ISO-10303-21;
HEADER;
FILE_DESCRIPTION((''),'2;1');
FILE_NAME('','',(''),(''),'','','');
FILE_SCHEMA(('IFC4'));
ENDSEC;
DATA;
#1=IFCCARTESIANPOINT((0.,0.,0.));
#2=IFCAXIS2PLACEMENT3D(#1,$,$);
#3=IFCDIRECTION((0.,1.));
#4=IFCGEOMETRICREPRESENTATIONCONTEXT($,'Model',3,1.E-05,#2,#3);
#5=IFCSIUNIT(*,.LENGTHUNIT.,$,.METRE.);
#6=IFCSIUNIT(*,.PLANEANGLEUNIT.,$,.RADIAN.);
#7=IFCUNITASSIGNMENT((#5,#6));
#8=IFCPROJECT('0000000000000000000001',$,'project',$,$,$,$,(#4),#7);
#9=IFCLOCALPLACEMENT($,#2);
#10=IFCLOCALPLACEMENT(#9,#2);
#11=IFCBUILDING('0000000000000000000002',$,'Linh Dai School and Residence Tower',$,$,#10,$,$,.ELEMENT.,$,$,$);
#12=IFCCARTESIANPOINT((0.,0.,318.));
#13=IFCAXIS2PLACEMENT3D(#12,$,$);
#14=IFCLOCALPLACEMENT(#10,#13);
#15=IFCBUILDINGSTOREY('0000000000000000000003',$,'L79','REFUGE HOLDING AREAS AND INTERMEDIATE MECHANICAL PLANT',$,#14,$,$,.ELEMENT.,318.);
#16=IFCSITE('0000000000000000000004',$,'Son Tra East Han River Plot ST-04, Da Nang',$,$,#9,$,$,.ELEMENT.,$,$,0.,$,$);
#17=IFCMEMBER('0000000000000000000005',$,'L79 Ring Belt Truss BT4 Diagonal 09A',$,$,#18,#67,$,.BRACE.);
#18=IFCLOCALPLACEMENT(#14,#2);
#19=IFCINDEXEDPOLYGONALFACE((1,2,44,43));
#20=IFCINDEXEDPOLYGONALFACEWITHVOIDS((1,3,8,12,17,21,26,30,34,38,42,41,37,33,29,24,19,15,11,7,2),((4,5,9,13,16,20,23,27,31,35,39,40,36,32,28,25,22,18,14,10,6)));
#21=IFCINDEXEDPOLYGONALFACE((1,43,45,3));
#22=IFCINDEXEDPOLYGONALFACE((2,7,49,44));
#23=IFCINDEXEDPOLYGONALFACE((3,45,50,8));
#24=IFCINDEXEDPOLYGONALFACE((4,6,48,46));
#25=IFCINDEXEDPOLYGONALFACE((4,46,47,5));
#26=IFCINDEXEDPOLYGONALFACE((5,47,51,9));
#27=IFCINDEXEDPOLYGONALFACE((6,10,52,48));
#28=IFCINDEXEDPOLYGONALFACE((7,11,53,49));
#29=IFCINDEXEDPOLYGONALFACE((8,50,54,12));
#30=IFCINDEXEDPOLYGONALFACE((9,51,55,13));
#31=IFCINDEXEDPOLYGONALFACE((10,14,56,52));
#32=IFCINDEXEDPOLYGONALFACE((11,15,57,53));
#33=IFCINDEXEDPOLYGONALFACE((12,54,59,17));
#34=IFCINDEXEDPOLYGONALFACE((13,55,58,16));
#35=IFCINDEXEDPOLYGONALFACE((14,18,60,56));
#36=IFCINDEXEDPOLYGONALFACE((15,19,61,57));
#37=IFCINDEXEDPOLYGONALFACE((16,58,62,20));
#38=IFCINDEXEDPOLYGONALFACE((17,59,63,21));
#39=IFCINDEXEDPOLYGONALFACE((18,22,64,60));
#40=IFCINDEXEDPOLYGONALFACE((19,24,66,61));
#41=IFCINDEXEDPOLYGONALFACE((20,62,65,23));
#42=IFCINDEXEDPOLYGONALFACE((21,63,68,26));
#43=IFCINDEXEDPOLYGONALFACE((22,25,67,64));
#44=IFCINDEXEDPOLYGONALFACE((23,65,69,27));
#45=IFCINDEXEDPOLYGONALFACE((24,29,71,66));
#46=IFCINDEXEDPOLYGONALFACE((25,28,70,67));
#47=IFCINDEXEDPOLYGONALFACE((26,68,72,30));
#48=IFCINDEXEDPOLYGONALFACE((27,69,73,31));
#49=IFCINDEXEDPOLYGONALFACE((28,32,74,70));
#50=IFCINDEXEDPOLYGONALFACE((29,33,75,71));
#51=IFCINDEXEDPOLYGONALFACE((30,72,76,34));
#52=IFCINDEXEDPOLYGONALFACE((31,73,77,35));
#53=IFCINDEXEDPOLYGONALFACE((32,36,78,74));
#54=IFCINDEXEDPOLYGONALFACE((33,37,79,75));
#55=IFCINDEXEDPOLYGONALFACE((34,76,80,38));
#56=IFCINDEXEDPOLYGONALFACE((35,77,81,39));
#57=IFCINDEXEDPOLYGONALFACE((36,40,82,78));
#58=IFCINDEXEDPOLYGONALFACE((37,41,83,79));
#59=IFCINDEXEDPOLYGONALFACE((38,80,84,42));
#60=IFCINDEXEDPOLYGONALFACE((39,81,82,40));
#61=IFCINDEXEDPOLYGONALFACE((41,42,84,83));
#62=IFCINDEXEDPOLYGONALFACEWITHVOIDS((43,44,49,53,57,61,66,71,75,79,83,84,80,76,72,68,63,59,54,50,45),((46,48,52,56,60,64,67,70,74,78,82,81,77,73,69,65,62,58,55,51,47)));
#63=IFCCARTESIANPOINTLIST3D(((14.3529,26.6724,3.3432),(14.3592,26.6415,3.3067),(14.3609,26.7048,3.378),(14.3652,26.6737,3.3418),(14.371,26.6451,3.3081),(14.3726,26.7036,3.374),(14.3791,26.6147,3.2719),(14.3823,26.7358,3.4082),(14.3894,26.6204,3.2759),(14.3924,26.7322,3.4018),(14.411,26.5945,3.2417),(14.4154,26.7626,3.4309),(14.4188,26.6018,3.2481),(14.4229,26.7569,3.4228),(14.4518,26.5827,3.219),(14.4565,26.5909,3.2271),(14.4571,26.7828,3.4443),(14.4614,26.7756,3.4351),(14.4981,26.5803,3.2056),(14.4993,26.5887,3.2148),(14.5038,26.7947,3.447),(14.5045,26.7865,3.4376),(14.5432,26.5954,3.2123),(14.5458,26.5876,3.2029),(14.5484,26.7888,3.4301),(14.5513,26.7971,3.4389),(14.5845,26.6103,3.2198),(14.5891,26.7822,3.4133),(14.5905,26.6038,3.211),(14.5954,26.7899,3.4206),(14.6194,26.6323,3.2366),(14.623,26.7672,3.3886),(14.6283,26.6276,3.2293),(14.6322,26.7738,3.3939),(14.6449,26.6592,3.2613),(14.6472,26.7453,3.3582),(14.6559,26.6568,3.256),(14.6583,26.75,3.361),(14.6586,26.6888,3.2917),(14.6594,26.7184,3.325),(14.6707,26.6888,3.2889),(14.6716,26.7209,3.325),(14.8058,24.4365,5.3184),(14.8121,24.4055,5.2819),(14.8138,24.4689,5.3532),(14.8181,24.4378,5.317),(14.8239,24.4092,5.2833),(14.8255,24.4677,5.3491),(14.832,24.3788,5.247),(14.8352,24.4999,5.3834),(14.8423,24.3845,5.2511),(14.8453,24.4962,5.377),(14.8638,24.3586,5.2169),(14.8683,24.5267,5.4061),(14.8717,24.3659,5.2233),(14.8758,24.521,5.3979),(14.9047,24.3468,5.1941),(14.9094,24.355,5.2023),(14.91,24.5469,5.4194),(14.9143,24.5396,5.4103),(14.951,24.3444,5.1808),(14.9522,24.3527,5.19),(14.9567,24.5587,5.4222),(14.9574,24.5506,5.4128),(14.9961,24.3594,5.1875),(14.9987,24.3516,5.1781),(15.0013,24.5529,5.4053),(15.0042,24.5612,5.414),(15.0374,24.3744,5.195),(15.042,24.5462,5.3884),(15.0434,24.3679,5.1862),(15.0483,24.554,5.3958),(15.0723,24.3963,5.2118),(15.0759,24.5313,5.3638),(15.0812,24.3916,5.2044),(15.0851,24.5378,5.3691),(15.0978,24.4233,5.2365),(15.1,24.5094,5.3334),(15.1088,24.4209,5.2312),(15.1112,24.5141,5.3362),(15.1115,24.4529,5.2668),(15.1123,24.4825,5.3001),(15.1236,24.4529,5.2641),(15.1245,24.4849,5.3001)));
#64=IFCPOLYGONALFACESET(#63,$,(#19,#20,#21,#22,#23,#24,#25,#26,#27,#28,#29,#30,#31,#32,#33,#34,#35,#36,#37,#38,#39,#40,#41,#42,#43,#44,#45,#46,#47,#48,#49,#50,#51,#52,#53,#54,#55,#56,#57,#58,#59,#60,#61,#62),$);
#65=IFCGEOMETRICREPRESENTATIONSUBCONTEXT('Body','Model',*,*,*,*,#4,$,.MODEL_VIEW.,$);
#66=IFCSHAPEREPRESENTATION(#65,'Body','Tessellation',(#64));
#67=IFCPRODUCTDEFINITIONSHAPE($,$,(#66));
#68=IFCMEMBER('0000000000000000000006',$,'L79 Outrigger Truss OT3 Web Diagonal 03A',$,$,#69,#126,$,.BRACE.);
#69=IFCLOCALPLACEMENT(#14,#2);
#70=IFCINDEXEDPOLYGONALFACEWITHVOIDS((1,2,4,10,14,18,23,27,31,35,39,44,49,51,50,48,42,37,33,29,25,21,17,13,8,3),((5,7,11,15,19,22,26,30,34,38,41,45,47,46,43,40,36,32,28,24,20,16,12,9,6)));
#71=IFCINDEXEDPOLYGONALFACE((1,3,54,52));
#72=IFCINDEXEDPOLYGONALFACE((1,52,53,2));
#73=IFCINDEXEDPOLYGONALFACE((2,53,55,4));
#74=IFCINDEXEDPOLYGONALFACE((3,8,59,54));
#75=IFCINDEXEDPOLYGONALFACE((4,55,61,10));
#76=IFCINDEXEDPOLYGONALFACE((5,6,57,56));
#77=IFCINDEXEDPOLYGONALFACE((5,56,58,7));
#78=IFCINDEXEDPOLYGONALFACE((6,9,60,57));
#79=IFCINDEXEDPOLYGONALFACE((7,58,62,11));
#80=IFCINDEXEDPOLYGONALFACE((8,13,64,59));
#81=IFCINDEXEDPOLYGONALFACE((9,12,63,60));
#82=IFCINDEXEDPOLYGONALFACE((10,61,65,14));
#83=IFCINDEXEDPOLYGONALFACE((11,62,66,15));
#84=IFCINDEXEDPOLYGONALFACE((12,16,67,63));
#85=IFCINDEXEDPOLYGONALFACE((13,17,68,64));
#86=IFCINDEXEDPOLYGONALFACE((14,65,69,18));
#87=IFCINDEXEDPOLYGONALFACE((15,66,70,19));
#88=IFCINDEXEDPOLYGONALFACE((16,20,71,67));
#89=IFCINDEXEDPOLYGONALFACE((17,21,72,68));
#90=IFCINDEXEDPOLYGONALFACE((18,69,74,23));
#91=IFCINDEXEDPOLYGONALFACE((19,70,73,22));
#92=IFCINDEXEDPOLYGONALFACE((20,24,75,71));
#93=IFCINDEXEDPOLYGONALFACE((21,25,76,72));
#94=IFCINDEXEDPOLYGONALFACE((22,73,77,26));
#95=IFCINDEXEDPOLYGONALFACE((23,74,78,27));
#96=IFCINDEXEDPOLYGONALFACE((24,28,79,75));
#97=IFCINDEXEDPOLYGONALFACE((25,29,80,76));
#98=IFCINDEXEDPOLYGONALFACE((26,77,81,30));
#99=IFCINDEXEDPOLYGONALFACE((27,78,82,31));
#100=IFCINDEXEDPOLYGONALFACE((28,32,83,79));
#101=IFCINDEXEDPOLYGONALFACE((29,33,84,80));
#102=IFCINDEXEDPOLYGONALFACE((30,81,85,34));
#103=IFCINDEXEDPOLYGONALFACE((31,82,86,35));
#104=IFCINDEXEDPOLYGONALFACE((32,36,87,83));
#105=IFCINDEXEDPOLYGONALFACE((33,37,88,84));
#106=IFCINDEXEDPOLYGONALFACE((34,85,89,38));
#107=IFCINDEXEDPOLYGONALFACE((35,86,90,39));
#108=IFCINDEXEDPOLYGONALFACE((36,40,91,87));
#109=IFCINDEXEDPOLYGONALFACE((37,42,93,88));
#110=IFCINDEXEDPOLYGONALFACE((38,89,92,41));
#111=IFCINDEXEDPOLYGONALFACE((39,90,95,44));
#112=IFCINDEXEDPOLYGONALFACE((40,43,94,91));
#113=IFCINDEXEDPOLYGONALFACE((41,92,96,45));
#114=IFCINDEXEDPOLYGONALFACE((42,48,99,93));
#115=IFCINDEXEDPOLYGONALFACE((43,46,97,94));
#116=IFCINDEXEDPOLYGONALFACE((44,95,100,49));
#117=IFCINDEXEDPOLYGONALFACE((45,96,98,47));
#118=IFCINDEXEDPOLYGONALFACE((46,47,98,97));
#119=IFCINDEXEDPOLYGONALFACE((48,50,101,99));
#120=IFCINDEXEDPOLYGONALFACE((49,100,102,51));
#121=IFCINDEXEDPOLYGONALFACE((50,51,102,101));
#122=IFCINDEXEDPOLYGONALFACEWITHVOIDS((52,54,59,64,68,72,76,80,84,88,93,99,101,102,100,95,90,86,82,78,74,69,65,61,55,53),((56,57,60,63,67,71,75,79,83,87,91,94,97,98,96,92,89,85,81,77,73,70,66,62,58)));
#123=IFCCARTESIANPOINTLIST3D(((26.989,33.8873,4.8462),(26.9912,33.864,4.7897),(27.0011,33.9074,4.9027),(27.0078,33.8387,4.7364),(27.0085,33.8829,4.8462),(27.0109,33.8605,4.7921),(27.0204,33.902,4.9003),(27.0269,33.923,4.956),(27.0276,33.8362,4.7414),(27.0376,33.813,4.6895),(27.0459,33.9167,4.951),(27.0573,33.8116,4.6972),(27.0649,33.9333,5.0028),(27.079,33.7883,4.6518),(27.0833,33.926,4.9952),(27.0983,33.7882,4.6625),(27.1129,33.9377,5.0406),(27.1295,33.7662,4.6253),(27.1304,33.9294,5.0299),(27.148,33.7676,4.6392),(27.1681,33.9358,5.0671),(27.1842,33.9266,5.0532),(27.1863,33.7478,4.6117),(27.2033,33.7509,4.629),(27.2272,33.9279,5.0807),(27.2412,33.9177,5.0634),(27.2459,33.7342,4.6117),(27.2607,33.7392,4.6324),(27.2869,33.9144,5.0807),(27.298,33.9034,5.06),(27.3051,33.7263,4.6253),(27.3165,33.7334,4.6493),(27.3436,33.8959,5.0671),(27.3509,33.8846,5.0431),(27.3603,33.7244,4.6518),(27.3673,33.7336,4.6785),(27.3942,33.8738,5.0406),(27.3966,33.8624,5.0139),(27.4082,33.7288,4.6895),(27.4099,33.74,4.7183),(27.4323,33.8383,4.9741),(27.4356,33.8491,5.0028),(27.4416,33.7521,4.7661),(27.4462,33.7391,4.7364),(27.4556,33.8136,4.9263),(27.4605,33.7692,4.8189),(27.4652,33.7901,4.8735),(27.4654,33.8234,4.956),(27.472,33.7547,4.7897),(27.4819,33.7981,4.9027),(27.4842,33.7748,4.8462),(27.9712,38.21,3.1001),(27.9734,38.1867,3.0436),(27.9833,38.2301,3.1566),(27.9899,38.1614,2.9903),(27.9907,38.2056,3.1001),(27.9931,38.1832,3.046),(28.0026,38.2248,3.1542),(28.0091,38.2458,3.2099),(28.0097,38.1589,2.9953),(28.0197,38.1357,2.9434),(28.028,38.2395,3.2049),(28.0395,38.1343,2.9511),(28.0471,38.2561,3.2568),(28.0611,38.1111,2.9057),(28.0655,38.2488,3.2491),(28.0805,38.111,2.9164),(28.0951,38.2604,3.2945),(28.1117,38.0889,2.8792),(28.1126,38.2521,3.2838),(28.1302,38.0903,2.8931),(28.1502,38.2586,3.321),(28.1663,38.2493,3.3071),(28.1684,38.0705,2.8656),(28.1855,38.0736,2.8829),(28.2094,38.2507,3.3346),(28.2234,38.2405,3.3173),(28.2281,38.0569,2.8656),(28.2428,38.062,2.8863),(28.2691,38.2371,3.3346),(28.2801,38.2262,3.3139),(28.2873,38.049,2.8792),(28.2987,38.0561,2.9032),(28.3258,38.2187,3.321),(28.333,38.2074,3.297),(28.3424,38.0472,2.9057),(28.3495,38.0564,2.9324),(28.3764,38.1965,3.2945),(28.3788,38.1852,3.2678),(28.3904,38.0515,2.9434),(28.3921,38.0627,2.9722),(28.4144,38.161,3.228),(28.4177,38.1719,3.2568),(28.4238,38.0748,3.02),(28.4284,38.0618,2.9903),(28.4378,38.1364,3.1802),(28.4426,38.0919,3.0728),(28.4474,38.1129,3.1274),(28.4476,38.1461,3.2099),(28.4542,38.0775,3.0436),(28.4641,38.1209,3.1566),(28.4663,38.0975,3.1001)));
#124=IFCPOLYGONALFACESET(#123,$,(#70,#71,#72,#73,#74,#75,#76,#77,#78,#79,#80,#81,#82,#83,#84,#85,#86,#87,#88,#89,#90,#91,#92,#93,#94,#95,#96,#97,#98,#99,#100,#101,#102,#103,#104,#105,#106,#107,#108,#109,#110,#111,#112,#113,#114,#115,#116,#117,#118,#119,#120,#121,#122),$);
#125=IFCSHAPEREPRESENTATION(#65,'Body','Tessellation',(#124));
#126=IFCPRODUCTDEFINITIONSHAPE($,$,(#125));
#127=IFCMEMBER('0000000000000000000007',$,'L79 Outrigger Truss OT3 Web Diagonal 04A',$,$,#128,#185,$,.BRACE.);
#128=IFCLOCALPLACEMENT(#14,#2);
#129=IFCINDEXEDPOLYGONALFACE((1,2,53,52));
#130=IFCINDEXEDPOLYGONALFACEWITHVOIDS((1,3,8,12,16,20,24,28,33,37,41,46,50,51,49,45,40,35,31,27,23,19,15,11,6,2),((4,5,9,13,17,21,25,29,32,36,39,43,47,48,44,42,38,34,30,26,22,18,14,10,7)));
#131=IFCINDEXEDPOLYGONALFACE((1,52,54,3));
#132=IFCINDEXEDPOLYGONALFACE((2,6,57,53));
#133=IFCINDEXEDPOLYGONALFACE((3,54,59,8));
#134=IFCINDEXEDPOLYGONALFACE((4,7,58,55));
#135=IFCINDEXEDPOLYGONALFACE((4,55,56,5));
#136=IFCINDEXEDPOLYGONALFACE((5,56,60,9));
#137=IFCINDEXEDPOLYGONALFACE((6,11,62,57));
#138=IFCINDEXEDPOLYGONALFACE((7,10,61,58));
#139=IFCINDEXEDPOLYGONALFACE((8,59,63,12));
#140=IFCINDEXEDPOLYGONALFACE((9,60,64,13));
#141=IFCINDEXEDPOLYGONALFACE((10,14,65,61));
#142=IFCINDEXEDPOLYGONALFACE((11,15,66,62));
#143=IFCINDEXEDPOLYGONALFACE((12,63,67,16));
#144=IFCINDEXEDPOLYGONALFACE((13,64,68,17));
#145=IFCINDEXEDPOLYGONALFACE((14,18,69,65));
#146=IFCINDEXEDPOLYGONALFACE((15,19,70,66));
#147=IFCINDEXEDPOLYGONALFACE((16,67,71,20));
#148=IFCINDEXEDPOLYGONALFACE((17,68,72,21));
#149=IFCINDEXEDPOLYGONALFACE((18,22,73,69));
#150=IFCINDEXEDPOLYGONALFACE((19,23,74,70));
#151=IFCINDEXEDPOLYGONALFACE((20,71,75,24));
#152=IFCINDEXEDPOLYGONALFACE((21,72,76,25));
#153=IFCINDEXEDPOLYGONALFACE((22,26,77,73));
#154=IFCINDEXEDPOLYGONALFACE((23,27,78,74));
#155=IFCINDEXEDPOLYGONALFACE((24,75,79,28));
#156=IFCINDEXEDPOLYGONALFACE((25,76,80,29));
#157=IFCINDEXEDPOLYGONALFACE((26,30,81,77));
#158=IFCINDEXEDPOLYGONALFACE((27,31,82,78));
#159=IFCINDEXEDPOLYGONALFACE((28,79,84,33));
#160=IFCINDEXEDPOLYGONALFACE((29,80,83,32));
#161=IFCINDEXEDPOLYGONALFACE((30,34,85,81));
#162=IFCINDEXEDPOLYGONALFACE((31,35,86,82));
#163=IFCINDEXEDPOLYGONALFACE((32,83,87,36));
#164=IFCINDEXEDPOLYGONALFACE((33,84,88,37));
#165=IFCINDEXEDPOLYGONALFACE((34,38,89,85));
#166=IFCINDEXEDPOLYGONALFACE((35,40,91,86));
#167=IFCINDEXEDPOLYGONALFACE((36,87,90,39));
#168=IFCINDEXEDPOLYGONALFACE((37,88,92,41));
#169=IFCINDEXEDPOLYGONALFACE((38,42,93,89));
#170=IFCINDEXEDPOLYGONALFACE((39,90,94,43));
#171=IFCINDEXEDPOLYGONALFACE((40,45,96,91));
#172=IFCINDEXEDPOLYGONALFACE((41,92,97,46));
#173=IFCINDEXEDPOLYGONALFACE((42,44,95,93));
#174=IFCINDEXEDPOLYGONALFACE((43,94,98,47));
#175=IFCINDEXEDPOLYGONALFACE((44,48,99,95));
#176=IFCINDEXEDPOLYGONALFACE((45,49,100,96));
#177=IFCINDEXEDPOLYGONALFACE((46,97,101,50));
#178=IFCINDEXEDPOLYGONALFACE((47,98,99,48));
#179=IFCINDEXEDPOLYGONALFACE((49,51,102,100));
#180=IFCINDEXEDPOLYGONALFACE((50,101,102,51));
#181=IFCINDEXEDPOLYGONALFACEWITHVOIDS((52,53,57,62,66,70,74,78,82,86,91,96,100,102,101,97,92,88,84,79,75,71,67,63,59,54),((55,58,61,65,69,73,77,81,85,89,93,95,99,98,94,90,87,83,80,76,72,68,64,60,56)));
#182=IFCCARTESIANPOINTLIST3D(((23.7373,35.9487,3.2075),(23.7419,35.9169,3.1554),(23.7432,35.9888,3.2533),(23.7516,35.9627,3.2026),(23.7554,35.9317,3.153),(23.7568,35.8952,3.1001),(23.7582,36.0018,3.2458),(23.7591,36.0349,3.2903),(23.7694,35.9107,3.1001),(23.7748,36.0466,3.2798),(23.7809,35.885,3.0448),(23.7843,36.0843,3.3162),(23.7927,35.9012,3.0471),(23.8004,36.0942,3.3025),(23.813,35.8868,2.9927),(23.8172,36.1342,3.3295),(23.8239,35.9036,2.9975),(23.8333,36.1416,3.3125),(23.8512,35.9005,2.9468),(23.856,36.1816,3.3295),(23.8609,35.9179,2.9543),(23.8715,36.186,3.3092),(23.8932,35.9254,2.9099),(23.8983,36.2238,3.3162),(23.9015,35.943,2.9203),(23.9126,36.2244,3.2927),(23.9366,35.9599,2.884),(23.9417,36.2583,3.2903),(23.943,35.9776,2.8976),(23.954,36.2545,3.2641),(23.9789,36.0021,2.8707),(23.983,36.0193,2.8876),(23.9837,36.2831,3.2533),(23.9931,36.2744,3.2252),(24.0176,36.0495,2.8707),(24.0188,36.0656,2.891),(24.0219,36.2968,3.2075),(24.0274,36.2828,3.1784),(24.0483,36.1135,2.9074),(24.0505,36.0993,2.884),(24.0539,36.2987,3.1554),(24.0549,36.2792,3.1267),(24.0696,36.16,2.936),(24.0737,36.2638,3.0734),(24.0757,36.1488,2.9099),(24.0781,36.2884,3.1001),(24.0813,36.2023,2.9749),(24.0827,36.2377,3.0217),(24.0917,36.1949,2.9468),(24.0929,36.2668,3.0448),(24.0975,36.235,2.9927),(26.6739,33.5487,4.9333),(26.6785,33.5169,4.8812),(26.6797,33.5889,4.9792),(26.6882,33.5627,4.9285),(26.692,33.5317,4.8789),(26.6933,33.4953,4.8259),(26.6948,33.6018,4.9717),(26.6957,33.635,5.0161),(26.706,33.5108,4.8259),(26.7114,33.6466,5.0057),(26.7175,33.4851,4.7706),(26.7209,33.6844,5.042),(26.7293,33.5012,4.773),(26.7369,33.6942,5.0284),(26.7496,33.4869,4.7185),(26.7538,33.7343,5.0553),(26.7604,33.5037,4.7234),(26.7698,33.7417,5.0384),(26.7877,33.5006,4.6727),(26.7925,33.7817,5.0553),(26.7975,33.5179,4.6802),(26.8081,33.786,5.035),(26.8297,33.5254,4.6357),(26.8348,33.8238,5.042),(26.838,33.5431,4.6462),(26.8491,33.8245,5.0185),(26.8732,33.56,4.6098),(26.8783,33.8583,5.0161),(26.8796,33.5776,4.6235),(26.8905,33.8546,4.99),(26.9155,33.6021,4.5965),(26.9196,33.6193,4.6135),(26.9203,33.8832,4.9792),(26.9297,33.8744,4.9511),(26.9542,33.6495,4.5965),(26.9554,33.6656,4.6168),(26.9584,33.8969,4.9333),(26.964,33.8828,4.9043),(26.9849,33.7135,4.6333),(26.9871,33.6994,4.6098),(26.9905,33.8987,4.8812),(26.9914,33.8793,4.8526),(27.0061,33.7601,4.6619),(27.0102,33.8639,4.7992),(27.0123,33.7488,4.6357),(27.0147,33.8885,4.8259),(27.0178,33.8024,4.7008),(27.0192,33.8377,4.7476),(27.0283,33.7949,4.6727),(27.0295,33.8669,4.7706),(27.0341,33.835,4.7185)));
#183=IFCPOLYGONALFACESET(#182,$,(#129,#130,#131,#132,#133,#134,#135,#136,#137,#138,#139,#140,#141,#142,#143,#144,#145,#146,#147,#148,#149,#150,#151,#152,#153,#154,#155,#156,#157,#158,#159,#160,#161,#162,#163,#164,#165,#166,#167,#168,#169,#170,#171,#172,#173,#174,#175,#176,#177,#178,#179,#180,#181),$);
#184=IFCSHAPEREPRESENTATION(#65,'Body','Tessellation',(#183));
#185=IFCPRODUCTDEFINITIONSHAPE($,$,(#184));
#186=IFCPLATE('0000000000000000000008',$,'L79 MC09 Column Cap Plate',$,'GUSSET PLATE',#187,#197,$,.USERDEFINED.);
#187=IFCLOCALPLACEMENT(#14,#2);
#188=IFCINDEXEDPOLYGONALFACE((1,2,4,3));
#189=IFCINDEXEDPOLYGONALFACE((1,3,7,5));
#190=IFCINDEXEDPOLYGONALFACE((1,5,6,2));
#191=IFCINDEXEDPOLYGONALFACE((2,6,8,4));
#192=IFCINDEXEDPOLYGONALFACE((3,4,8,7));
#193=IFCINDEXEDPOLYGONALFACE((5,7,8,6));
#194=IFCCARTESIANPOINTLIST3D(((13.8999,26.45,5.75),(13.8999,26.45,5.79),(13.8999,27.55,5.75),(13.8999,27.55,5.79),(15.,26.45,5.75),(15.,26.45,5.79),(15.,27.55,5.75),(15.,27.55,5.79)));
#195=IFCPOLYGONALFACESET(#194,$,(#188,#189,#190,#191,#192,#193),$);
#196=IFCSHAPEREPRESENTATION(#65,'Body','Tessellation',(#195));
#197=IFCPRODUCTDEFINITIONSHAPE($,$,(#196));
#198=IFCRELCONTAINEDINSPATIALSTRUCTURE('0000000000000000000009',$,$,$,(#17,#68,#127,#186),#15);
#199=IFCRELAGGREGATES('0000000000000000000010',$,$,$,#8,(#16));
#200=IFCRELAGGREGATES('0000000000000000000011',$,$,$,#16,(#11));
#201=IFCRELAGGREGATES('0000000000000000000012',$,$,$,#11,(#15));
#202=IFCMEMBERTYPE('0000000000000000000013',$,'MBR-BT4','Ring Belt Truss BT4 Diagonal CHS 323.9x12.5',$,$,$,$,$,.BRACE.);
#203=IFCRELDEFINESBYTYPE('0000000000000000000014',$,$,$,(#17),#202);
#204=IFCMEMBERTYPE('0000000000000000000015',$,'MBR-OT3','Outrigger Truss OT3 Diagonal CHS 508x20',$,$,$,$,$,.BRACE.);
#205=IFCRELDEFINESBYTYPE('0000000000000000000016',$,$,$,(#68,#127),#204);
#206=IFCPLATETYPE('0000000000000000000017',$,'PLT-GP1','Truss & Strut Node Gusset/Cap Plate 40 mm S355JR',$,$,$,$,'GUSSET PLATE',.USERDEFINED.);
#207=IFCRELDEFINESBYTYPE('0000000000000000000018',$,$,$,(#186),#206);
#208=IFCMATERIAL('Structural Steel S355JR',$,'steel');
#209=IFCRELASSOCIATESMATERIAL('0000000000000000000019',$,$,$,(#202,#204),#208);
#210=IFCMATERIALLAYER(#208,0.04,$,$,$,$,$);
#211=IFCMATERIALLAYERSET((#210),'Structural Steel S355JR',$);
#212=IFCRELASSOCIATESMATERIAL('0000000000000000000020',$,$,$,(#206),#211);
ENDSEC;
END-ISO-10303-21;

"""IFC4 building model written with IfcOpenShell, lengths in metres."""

from ifc_helpers import new_model, si_unit, direction, frame, origin, origin_2d, place, context, subcontext, project, spatial, rectangle, hollow_circle, extrude, source, transform, mapped, material, layer, layer_set, material_profile, profile_set, type_object, element, save


model = new_model("IFC4")

# Units and contexts
model_context = context("Model", 3, precision=1e-05, world=origin(), true_north=direction((0.0, 1.0)))
body_context = subcontext(model_context, "Body", "Model", "MODEL_VIEW")
ifc_project = project(units=[si_unit("LENGTHUNIT", "METRE"), si_unit("PLANEANGLEUNIT", "RADIAN")], contexts=[model_context])

# Site, building, storey
site_placement = place(None, origin())
site = spatial("IfcSite", under=ifc_project, at=site_placement, Name="Son Tra East Han River Plot ST-04, Da Nang", CompositionType="ELEMENT", RefElevation=0.0)
building_placement = place(site_placement, origin())
building = spatial("IfcBuilding", under=site, at=building_placement, Name="Linh Dai School and Residence Tower", CompositionType="ELEMENT")
storey_placement = place(building_placement, frame((0.0, 0.0, 318.0)))
storey = spatial("IfcBuildingStorey", under=building, at=storey_placement, Name="L79", Description="REFUGE HOLDING AREAS AND INTERMEDIATE MECHANICAL PLANT", CompositionType="ELEMENT", Elevation=318.0)

# Shared definitions
ifc_material_1 = material(Name="Structural Steel S355JR", Category="steel")

# Members
ifc_material_profile_1 = material_profile(ifc_material_1, hollow_circle(Radius=0.1619, WallThickness=0.0125, at=origin_2d()), Name="CHS 323.9x12.5")
ifc_profile_set_1 = profile_set([ifc_material_profile_1], Name="Structural Steel S355JR")
member_type_1 = type_object("IfcMemberType", Name="MBR-BT4", Description="Ring Belt Truss BT4 Diagonal CHS 323.9x12.5", PredefinedType="BRACE", material=ifc_profile_set_1)
member_1_placement = place(storey_placement, frame((14.5129, 26.6887, 3.325), z_axis=(0.150087, -0.740966, 0.654555), x_axis=(0.980096, 0.198524, 0.0)))
element("IfcMember", 1, at=member_1_placement, inside=storey, type_object=member_type_1, Name="L79 Ring Belt Truss BT4 Diagonal 09A", PredefinedType="BRACE", context=body_context, shape_type="SweptSolid", body=[
    extrude(hollow_circle(Radius=0.1619, WallThickness=0.0125, at=origin_2d()), origin(), (0.0, 0.0, 1.0), 3.0176),
])
ifc_material_profile_2 = material_profile(ifc_material_1, hollow_circle(Radius=0.2539, WallThickness=0.02, at=origin_2d()), Name="CHS 508x20")
ifc_profile_set_2 = profile_set([ifc_material_profile_2], Name="Structural Steel S355JR")
member_type_2 = type_object("IfcMemberType", Name="MBR-OT3", Description="Outrigger Truss OT3 Diagonal CHS 508x20", PredefinedType="BRACE", material=ifc_profile_set_2)
member_2_placement = place(storey_placement, frame((27.2366, 33.8311, 4.8462), z_axis=(0.206148, 0.907299, -0.366486), x_axis=(-0.975146, 0.221564, 0.0)))
element("IfcMember", 2, at=member_2_placement, inside=storey, type_object=member_type_2, Name="L79 Outrigger Truss OT3 Web Diagonal 03A", PredefinedType="BRACE", context=body_context, shape_type="SweptSolid", body=[
    extrude(hollow_circle(Radius=0.2539, WallThickness=0.02, at=origin_2d()), origin(), (0.0, 0.0, 1.0), 4.7644),
])
member_3_placement = place(storey_placement, frame((26.854, 33.6919, 4.8259), z_axis=(-0.704764, 0.575975, -0.414198), x_axis=(-0.63281, -0.774307, 0.0)))
element("IfcMember", 3, at=member_3_placement, inside=storey, type_object=member_type_2, Name="L79 Outrigger Truss OT3 Web Diagonal 04A", PredefinedType="BRACE", context=body_context, shape_type="SweptSolid", body=[
    extrude(hollow_circle(Radius=0.2539, WallThickness=0.02, at=origin_2d()), origin(), (0.0, 0.0, 1.0), 4.1667),
])

# Plate
ifc_layer_1 = layer(ifc_material_1, 0.04)
ifc_layer_set_1 = layer_set([ifc_layer_1], Name="Structural Steel S355JR")
plate_type = type_object("IfcPlateType", Name="PLT-GP1", Description="Truss & Strut Node Gusset/Cap Plate 40 mm S355JR", ElementType="GUSSET PLATE", PredefinedType="USERDEFINED", material=ifc_layer_set_1)
shared_shape_1 = source(origin(), body_context, "Body", "SweptSolid", [
    extrude(rectangle(XDim=1.1001, YDim=1.1001, at=origin_2d()), origin(), (0.0, 0.0, 1.0), 0.04),
])
plate_1_placement = place(storey_placement, frame((14.45, 27.0, 5.75), z_axis=(0.0, 0.0, 1.0), x_axis=(1.0, 0.0, 0.0)))
element("IfcPlate", 4, at=plate_1_placement, inside=storey, type_object=plate_type, Name="L79 MC09 Column Cap Plate", ObjectType="GUSSET PLATE", PredefinedType="USERDEFINED", context=body_context, shape_type="MappedRepresentation", body=[
    mapped(shared_shape_1, transform((0.0, 0.0, 0.0), x_axis=(1.0, 0.0, 0.0), y_axis=(0.0, 1.0, 0.0), z_axis=(0.0, 0.0, 1.0), scale=1.0)),
])

save(model, "model.ifc")
